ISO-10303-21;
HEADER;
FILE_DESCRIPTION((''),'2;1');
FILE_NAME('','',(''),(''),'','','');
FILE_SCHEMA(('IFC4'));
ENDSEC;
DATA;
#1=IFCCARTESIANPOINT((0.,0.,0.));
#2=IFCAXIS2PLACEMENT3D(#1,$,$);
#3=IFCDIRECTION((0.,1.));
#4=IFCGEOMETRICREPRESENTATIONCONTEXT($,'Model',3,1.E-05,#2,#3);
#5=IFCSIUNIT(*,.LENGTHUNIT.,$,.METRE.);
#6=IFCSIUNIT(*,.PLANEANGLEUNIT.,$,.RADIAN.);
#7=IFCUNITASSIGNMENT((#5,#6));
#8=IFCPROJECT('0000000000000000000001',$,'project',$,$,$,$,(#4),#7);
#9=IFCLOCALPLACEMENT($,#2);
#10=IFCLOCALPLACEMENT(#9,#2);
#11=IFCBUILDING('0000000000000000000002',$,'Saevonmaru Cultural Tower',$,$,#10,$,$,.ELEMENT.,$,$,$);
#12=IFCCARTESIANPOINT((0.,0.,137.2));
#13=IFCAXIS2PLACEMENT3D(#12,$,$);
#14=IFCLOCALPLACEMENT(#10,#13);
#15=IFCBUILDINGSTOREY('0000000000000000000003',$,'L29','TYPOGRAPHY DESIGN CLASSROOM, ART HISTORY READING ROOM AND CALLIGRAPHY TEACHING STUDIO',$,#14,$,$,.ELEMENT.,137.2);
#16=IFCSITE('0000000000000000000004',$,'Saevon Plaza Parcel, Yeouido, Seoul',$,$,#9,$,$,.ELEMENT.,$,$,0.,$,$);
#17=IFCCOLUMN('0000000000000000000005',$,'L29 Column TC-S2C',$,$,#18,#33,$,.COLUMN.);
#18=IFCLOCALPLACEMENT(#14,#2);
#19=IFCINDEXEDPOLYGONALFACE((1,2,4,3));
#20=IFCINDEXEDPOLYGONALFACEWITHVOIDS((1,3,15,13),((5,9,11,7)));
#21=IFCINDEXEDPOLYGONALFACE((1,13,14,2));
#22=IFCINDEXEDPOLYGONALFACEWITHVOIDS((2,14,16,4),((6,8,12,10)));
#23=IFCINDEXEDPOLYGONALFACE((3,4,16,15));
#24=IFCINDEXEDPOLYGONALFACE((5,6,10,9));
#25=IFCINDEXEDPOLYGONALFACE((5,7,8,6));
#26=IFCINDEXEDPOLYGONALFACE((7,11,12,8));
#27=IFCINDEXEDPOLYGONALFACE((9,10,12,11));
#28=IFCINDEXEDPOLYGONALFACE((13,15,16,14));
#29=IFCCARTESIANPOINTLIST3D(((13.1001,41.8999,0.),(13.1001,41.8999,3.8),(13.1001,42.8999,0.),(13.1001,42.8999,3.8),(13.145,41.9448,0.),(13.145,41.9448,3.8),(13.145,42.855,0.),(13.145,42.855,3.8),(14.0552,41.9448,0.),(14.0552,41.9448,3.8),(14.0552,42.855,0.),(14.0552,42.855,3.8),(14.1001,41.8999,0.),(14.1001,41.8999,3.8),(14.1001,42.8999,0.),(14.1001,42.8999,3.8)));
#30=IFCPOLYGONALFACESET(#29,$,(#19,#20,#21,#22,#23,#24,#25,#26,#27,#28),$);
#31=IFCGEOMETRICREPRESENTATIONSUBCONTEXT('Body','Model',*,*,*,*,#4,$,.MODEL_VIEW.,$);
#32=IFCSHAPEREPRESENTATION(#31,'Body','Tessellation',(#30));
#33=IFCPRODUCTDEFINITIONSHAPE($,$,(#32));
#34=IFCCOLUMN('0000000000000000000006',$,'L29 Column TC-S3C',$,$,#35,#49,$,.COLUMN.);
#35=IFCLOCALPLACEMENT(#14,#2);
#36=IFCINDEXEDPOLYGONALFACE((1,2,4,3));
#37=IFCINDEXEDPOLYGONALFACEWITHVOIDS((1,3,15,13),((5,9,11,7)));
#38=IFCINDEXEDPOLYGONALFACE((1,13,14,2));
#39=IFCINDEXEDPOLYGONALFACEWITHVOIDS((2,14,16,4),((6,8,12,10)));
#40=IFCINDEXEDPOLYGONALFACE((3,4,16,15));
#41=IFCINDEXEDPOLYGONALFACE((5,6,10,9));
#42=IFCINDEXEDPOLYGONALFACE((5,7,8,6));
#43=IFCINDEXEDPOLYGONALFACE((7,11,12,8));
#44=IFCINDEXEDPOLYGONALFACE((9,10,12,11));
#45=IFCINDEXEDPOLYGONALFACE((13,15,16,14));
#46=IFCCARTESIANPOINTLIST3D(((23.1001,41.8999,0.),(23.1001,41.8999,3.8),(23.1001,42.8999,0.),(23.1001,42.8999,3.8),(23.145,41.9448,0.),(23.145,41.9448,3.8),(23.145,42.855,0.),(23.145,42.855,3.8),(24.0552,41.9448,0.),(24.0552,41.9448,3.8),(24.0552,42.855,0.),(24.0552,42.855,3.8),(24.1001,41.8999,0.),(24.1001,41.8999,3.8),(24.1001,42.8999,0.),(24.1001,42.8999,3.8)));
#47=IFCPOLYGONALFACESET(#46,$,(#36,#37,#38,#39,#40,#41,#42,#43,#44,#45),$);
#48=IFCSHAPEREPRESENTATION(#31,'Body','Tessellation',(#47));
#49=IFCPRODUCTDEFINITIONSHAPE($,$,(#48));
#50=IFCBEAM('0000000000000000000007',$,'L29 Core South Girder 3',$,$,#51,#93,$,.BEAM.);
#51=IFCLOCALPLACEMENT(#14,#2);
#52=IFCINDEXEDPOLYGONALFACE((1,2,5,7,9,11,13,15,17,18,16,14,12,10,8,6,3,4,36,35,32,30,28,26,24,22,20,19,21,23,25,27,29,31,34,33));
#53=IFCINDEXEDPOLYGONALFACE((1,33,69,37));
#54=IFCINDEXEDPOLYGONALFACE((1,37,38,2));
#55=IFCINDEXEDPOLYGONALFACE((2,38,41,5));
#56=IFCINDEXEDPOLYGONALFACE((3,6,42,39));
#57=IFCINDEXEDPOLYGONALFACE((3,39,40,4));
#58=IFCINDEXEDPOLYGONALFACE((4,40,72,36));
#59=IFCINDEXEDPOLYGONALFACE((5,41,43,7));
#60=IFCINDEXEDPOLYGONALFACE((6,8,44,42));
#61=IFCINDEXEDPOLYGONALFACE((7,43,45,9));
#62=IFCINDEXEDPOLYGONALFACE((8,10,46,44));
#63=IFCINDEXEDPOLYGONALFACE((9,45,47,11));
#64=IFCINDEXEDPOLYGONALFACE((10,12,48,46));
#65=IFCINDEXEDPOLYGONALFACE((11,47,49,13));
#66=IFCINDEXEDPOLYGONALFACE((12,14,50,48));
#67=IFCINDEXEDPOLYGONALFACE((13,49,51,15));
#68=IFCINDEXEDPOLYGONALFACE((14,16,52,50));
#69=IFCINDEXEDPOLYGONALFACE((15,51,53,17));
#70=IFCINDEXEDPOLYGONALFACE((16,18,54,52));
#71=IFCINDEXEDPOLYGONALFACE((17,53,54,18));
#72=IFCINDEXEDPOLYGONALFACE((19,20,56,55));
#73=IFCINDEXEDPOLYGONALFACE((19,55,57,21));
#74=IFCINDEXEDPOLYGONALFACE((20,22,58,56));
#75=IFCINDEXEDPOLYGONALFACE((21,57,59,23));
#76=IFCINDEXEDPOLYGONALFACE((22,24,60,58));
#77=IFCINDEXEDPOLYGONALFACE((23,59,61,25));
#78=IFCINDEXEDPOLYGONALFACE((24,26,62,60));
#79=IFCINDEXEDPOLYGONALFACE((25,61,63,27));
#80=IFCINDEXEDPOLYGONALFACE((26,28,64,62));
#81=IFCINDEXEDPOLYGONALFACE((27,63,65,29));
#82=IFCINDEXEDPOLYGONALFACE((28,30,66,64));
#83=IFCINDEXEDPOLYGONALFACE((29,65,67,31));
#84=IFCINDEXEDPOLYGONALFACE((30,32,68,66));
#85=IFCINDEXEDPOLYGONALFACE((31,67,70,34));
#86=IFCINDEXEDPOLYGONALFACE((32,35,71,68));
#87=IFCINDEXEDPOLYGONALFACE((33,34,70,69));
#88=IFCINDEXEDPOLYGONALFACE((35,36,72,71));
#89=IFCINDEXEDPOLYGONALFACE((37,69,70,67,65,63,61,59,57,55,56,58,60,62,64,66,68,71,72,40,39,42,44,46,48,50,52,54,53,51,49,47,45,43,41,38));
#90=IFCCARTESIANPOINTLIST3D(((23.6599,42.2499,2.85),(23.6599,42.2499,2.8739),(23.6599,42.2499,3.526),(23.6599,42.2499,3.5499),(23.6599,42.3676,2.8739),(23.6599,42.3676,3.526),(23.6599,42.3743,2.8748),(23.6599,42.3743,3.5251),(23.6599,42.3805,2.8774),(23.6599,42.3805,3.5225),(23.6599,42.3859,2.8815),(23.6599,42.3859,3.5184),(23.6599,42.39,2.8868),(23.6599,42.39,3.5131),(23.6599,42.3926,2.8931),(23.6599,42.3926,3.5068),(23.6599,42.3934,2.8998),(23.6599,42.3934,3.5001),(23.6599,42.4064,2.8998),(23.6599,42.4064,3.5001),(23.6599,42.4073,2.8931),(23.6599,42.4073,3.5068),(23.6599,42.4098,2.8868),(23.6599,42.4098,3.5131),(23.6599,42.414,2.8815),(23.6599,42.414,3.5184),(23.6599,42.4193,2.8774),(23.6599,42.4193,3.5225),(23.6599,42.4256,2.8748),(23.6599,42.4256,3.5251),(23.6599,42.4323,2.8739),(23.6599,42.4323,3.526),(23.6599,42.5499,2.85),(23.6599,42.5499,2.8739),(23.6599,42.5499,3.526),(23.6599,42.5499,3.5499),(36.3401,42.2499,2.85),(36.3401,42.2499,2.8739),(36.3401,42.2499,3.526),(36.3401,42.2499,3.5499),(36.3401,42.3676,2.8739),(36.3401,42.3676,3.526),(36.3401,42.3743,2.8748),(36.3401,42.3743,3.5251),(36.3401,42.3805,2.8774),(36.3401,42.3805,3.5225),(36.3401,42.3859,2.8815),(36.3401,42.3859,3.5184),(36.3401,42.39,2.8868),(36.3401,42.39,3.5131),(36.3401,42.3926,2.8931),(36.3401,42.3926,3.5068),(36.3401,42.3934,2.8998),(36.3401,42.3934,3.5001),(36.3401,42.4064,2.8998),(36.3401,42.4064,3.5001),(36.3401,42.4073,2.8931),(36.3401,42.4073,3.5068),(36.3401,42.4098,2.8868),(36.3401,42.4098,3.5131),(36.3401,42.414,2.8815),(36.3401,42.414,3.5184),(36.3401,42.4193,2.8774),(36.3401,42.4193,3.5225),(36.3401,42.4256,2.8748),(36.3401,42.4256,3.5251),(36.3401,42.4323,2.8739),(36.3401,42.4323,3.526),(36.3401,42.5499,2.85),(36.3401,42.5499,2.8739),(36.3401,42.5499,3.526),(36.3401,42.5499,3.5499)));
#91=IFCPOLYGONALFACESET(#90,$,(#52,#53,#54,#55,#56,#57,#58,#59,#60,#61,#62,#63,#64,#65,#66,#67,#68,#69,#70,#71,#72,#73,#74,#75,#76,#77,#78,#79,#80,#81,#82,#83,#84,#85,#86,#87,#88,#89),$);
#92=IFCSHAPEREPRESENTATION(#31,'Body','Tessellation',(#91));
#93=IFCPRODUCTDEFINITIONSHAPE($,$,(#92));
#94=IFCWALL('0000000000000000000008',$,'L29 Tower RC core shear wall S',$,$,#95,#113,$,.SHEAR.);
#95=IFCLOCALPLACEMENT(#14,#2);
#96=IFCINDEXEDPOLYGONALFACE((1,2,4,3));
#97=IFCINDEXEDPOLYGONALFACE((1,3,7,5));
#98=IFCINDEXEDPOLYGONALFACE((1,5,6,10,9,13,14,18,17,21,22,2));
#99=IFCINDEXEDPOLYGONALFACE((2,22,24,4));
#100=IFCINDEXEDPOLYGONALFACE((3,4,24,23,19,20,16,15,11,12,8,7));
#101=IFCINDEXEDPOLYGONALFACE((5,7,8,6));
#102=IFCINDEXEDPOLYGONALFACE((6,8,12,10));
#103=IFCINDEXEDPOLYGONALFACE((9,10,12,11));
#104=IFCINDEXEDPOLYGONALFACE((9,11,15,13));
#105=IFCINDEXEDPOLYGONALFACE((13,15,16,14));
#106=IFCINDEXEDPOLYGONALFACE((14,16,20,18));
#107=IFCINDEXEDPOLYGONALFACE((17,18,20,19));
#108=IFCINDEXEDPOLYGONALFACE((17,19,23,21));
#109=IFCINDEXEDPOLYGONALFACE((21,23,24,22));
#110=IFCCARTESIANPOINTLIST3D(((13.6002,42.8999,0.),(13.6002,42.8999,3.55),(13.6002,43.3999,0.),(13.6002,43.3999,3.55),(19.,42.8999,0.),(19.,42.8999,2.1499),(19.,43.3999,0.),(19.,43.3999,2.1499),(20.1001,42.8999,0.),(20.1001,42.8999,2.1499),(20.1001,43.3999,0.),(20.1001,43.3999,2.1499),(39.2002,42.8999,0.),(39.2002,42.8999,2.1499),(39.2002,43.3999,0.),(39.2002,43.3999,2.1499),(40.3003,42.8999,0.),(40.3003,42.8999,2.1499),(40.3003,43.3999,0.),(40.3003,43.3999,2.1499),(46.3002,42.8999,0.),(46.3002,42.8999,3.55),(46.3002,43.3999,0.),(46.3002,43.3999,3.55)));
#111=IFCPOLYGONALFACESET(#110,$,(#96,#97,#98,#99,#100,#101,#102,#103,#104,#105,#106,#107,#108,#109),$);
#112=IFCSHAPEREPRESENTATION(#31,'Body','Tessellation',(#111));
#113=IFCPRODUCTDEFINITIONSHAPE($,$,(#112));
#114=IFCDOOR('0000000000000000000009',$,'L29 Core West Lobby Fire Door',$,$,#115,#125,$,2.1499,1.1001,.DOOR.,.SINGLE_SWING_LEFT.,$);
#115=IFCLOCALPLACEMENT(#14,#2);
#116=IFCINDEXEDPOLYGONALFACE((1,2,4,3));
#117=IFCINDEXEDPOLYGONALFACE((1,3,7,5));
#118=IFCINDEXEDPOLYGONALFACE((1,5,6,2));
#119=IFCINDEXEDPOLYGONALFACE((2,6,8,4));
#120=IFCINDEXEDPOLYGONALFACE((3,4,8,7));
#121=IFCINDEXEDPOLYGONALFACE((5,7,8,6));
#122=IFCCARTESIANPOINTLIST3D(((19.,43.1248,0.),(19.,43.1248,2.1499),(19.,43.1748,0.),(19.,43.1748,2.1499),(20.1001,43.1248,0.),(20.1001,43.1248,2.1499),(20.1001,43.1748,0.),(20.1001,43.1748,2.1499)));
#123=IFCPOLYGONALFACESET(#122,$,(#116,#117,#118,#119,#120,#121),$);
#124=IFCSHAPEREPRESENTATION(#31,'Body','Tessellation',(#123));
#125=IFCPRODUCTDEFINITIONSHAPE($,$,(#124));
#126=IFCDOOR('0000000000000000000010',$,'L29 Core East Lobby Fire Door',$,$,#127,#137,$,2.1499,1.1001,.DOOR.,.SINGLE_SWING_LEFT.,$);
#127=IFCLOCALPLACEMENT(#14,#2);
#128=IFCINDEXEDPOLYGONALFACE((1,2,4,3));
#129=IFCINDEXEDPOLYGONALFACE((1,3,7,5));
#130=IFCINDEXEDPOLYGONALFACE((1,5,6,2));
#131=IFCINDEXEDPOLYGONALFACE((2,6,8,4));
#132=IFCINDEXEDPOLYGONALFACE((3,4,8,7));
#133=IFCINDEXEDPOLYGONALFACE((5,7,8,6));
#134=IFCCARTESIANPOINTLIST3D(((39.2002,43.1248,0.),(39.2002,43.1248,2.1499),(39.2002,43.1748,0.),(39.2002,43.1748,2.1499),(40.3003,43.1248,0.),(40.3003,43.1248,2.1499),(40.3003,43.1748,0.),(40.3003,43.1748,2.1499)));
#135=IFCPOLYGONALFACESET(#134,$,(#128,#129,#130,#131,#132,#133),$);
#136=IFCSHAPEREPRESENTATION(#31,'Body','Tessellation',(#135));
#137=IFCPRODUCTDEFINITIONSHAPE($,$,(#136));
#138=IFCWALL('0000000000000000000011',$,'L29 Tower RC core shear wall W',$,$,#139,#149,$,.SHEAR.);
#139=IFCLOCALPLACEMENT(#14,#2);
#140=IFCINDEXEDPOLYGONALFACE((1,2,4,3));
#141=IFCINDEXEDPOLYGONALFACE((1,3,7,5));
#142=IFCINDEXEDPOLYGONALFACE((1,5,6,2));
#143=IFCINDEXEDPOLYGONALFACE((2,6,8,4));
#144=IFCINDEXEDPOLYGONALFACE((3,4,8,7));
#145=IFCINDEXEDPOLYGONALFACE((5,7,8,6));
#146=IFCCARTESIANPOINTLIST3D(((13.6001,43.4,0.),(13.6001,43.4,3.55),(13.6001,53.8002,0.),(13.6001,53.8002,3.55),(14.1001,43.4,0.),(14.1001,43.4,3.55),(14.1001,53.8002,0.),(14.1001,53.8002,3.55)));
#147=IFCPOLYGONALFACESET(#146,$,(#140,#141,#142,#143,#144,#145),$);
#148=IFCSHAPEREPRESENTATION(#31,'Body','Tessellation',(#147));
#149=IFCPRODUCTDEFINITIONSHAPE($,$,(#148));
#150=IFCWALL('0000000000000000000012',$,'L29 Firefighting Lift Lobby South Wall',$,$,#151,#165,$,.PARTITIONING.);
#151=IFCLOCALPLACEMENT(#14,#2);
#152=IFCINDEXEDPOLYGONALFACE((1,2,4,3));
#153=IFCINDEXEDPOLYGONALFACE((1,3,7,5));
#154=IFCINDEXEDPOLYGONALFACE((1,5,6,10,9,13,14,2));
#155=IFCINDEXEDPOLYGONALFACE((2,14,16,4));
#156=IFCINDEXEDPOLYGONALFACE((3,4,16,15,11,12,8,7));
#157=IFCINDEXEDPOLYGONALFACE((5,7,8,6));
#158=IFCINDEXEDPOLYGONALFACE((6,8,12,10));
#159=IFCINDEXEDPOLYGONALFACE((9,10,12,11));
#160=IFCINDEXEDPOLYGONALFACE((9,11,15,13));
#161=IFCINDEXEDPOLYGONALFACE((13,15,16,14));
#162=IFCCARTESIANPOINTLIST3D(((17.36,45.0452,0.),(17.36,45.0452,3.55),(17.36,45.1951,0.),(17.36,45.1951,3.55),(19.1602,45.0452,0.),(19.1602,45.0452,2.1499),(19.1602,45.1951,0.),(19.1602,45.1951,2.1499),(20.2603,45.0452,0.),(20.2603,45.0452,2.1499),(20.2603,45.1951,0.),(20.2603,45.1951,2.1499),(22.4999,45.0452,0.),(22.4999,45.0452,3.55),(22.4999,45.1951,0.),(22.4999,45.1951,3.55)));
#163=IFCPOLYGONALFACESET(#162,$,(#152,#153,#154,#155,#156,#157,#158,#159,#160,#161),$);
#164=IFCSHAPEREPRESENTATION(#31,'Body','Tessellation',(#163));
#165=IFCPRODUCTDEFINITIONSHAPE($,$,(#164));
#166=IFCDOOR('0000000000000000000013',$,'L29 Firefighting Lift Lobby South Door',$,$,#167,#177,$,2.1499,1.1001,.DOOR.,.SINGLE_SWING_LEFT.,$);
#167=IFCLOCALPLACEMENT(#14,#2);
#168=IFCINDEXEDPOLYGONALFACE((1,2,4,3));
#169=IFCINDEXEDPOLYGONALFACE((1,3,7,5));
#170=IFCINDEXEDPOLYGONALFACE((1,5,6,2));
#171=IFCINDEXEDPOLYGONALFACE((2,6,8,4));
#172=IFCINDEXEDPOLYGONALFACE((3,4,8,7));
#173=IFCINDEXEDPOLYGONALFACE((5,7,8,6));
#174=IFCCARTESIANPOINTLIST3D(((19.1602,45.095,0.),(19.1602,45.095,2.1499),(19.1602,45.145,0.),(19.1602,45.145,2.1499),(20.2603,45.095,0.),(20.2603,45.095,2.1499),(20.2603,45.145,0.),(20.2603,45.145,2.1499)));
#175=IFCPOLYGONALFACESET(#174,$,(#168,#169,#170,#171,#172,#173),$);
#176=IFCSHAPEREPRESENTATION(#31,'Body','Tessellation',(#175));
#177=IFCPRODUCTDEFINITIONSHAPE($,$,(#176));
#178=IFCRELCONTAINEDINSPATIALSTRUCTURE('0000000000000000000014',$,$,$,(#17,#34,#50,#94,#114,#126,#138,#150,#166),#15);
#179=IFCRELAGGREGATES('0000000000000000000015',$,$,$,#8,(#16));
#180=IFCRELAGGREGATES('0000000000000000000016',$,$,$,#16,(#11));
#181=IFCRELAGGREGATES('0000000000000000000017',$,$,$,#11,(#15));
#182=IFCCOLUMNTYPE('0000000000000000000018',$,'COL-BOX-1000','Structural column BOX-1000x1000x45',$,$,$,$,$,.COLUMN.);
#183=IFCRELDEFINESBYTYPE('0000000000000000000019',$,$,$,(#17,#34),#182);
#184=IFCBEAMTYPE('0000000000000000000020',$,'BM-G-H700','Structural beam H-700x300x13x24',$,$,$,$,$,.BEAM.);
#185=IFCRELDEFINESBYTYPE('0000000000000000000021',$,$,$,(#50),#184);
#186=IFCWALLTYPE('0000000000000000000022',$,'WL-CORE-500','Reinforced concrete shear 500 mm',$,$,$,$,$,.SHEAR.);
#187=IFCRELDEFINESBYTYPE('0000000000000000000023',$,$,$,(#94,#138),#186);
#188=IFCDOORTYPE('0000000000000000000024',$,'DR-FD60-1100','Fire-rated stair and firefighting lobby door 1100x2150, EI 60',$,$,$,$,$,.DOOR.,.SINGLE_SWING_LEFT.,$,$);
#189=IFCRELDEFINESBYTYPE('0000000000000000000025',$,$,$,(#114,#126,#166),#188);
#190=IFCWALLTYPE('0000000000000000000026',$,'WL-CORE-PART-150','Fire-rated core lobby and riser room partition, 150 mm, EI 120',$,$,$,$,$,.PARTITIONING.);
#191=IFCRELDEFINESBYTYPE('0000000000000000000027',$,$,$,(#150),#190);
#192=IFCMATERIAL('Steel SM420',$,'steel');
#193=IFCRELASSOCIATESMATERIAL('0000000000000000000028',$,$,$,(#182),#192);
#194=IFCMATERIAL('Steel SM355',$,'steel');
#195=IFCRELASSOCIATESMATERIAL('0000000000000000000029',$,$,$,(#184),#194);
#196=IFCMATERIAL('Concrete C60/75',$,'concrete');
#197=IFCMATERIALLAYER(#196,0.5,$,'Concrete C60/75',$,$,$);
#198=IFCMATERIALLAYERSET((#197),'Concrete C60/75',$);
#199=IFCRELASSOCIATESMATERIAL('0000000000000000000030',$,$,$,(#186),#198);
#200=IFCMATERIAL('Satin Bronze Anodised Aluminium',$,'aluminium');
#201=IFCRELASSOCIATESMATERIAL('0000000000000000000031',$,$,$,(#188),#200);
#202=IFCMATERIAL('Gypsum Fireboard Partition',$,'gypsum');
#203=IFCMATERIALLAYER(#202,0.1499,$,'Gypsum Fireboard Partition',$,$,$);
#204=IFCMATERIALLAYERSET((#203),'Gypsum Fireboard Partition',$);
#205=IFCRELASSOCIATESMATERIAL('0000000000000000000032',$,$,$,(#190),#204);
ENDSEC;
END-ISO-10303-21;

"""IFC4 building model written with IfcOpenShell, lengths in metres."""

from ifc_helpers import new_model, si_unit, direction, frame, frame_2d, origin, origin_2d, place, context, subcontext, project, spatial, rectangle, hollow_rectangle, i_section, extrude, material, layer, layer_set, material_profile, profile_set, type_object, element, fill, save


model = new_model("IFC4")

# Units and contexts
model_context = context("Model", 3, precision=1e-05, world=origin(), true_north=direction((0.0, 1.0)))
body_context = subcontext(model_context, "Body", "Model", "MODEL_VIEW")
ifc_project = project(units=[si_unit("LENGTHUNIT", "METRE"), si_unit("PLANEANGLEUNIT", "RADIAN")], contexts=[model_context])

# Site, building, storey
site_placement = place(None, origin())
site = spatial("IfcSite", under=ifc_project, at=site_placement, Name="Saevon Plaza Parcel, Yeouido, Seoul", CompositionType="ELEMENT", RefElevation=0.0)
building_placement = place(site_placement, origin())
building = spatial("IfcBuilding", under=site, at=building_placement, Name="Saevonmaru Cultural Tower", CompositionType="ELEMENT")
storey_placement = place(building_placement, frame((0.0, 0.0, 137.2)))
storey = spatial("IfcBuildingStorey", under=building, at=storey_placement, Name="L29", Description="TYPOGRAPHY DESIGN CLASSROOM, ART HISTORY READING ROOM AND CALLIGRAPHY TEACHING STUDIO", CompositionType="ELEMENT", Elevation=137.2)

# Columns
ifc_material_1 = material(Name="Steel SM420", Category="steel")
ifc_material_profile_1 = material_profile(ifc_material_1, hollow_rectangle(XDim=1.0, YDim=1.0, WallThickness=0.0449, at=origin_2d()), Name="BOX-1000x1000x45")
ifc_profile_set_1 = profile_set([ifc_material_profile_1], Name="Steel SM420")
column_type = type_object("IfcColumnType", Name="COL-BOX-1000", Description="Structural column BOX-1000x1000x45", PredefinedType="COLUMN", material=ifc_profile_set_1)
for number, where, z_axis, x_axis, name in (
    (1, (13.6001, 42.3999, 0.0), (0.0, 0.0, 1.0), (1.0, 0.0, 0.0), "L29 Column TC-S2C"),
    (2, (23.6001, 42.3999, 0.0), (0.0, 0.0, 1.0), (1.0, 0.0, 0.0), "L29 Column TC-S3C"),
):
    element("IfcColumn", number, at=place(storey_placement, frame(where, z_axis=z_axis, x_axis=x_axis)), inside=storey, type_object=column_type, Name=name, PredefinedType="COLUMN", context=body_context, shape_type="SweptSolid", body=[
        extrude(hollow_rectangle(XDim=1.0, YDim=1.0, WallThickness=0.0449, at=origin_2d()), origin(), (0.0, 0.0, 1.0), 3.8),
    ])

# Beam
ifc_material_2 = material(Name="Steel SM355", Category="steel")
ifc_material_profile_2 = material_profile(ifc_material_2, i_section(OverallWidth=0.3, OverallDepth=0.7, WebThickness=0.0129, FlangeThickness=0.0239, FilletRadius=0.0259, at=origin_2d()), Name="H-700x300x13x24")
ifc_profile_set_2 = profile_set([ifc_material_profile_2], Name="Steel SM355")
beam_type = type_object("IfcBeamType", Name="BM-G-H700", Description="Structural beam H-700x300x13x24", PredefinedType="BEAM", material=ifc_profile_set_2)
beam_placement = place(storey_placement, frame((23.6599, 42.3999, 3.2), z_axis=(1.0, 0.0, 0.0), x_axis=(0.0, 1.0, 0.0)))
element("IfcBeam", 3, at=beam_placement, inside=storey, type_object=beam_type, Name="L29 Core South Girder 3", PredefinedType="BEAM", context=body_context, shape_type="SweptSolid", body=[
    extrude(i_section(OverallWidth=0.3, OverallDepth=0.7, WebThickness=0.0129, FlangeThickness=0.0239, FilletRadius=0.0259, at=origin_2d()), origin(), (0.0, 0.0, 1.0), 12.6802),
])

# Wall, openings, doors
ifc_material_3 = material(Name="Concrete C60/75", Category="concrete")
ifc_layer_1 = layer(ifc_material_3, 0.5, Name="Concrete C60/75")
ifc_layer_set_1 = layer_set([ifc_layer_1], Name="Concrete C60/75")
wall_type_1 = type_object("IfcWallType", Name="WL-CORE-500", Description="Reinforced concrete shear 500 mm", PredefinedType="SHEAR", material=ifc_layer_set_1)
wall_1_placement = place(storey_placement, frame((13.6001, 43.1499, 0.0), z_axis=(0.0, 0.0, 1.0), x_axis=(1.0, 0.0, 0.0)))
wall_1 = element("IfcWall", 4, at=wall_1_placement, inside=storey, type_object=wall_type_1, Name="L29 Tower RC core shear wall S", PredefinedType="SHEAR", context=body_context, shape_type="SweptSolid", body=[
    extrude(rectangle(XDim=32.7, YDim=0.5, at=frame_2d((16.3501, 0.0))), origin(), (0.0, 0.0, 1.0), 3.55),
])
opening_1_placement = place(wall_1_placement, frame((5.3999, 0.0, 0.0)))
opening_1 = element("IfcOpeningElement", 5, at=opening_1_placement, cuts=wall_1, PredefinedType="OPENING", context=body_context, shape_type="SweptSolid", body=[
    extrude(rectangle(XDim=1.1001, YDim=2.1499, at=frame_2d((0.55, 1.075))), frame((0.0, 0.26, 0.0), z_axis=(0.0, -1.0, 0.0), x_axis=(1.0, 0.0, 0.0)), (0.0, 0.0, 1.0), 0.52),
])
opening_2_placement = place(wall_1_placement, frame((25.6001, 0.0, 0.0)))
opening_2 = element("IfcOpeningElement", 6, at=opening_2_placement, cuts=wall_1, PredefinedType="OPENING", context=body_context, shape_type="SweptSolid", body=[
    extrude(rectangle(XDim=1.1001, YDim=2.1499, at=frame_2d((0.55, 1.075))), frame((0.0, 0.26, 0.0), z_axis=(0.0, -1.0, 0.0), x_axis=(1.0, 0.0, 0.0)), (0.0, 0.0, 1.0), 0.52),
])
ifc_material_4 = material(Name="Satin Bronze Anodised Aluminium", Category="aluminium")
door_type_1 = type_object("IfcDoorType", Name="DR-FD60-1100", Description="Fire-rated stair and firefighting lobby door 1100x2150, EI 60", OperationType="SINGLE_SWING_LEFT", PredefinedType="DOOR", material=ifc_material_4)
door_1_placement = place(opening_1_placement, origin())
door_1 = element("IfcDoor", 7, at=door_1_placement, inside=storey, type_object=door_type_1, Name="L29 Core West Lobby Fire Door", OperationType="SINGLE_SWING_LEFT", OverallHeight=2.1499, OverallWidth=1.1001, PredefinedType="DOOR", context=body_context, shape_type="SweptSolid", body=[
    extrude(rectangle(XDim=1.1001, YDim=2.1499, at=frame_2d((0.55, 1.075))), frame((0.0, 0.0249, 0.0), z_axis=(0.0, -1.0, 0.0), x_axis=(1.0, 0.0, 0.0)), (0.0, 0.0, 1.0), 0.05),
])
fill(opening_1, door_1)
door_2_placement = place(opening_2_placement, origin())
door_2 = element("IfcDoor", 8, at=door_2_placement, inside=storey, type_object=door_type_1, Name="L29 Core East Lobby Fire Door", OperationType="SINGLE_SWING_LEFT", OverallHeight=2.1499, OverallWidth=1.1001, PredefinedType="DOOR", context=body_context, shape_type="SweptSolid", body=[
    extrude(rectangle(XDim=1.1001, YDim=2.1499, at=frame_2d((0.55, 1.075))), frame((0.0, 0.0249, 0.0), z_axis=(0.0, -1.0, 0.0), x_axis=(1.0, 0.0, 0.0)), (0.0, 0.0, 1.0), 0.05),
])
fill(opening_2, door_2)

# Wall
wall_2_placement = place(storey_placement, frame((13.8501, 43.3999, 0.0), z_axis=(0.0, 0.0, 1.0), x_axis=(0.0, 1.0, 0.0)))
element("IfcWall", 9, at=wall_2_placement, inside=storey, type_object=wall_type_1, Name="L29 Tower RC core shear wall W", PredefinedType="SHEAR", context=body_context, shape_type="SweptSolid", body=[
    extrude(rectangle(XDim=10.4001, YDim=0.5, at=frame_2d((5.2002, 0.0))), origin(), (0.0, 0.0, 1.0), 3.55),
])

# Wall, opening, door
ifc_material_5 = material(Name="Gypsum Fireboard Partition", Category="gypsum")
ifc_layer_2 = layer(ifc_material_5, 0.1499, Name="Gypsum Fireboard Partition")
ifc_layer_set_2 = layer_set([ifc_layer_2], Name="Gypsum Fireboard Partition")
wall_type_2 = type_object("IfcWallType", Name="WL-CORE-PART-150", Description="Fire-rated core lobby and riser room partition, 150 mm, EI 120", PredefinedType="PARTITIONING", material=ifc_layer_set_2)
wall_3_placement = place(storey_placement, frame((17.3601, 45.1201, 0.0), z_axis=(0.0, 0.0, 1.0), x_axis=(1.0, 0.0, 0.0)))
wall_3 = element("IfcWall", 10, at=wall_3_placement, inside=storey, type_object=wall_type_2, Name="L29 Firefighting Lift Lobby South Wall", PredefinedType="PARTITIONING", context=body_context, shape_type="SweptSolid", body=[
    extrude(rectangle(XDim=5.1399, YDim=0.1499, at=frame_2d((2.5698, 0.0))), origin(), (0.0, 0.0, 1.0), 3.55),
])
opening_3_placement = place(wall_3_placement, frame((1.8, 0.0, 0.0)))
opening_3 = element("IfcOpeningElement", 11, at=opening_3_placement, cuts=wall_3, PredefinedType="OPENING", context=body_context, shape_type="SweptSolid", body=[
    extrude(rectangle(XDim=1.1001, YDim=2.1499, at=frame_2d((0.55, 1.075))), frame((0.0, 0.085, 0.0), z_axis=(0.0, -1.0, 0.0), x_axis=(1.0, 0.0, 0.0)), (0.0, 0.0, 1.0), 0.1699),
])
door_3_placement = place(opening_3_placement, origin())
door_3 = element("IfcDoor", 12, at=door_3_placement, inside=storey, type_object=door_type_1, Name="L29 Firefighting Lift Lobby South Door", OperationType="SINGLE_SWING_LEFT", OverallHeight=2.1499, OverallWidth=1.1001, PredefinedType="DOOR", context=body_context, shape_type="SweptSolid", body=[
    extrude(rectangle(XDim=1.1001, YDim=2.1499, at=frame_2d((0.55, 1.075))), frame((0.0, 0.0249, 0.0), z_axis=(0.0, -1.0, 0.0), x_axis=(1.0, 0.0, 0.0)), (0.0, 0.0, 1.0), 0.05),
])
fill(opening_3, door_3)

save(model, "model.ifc")
